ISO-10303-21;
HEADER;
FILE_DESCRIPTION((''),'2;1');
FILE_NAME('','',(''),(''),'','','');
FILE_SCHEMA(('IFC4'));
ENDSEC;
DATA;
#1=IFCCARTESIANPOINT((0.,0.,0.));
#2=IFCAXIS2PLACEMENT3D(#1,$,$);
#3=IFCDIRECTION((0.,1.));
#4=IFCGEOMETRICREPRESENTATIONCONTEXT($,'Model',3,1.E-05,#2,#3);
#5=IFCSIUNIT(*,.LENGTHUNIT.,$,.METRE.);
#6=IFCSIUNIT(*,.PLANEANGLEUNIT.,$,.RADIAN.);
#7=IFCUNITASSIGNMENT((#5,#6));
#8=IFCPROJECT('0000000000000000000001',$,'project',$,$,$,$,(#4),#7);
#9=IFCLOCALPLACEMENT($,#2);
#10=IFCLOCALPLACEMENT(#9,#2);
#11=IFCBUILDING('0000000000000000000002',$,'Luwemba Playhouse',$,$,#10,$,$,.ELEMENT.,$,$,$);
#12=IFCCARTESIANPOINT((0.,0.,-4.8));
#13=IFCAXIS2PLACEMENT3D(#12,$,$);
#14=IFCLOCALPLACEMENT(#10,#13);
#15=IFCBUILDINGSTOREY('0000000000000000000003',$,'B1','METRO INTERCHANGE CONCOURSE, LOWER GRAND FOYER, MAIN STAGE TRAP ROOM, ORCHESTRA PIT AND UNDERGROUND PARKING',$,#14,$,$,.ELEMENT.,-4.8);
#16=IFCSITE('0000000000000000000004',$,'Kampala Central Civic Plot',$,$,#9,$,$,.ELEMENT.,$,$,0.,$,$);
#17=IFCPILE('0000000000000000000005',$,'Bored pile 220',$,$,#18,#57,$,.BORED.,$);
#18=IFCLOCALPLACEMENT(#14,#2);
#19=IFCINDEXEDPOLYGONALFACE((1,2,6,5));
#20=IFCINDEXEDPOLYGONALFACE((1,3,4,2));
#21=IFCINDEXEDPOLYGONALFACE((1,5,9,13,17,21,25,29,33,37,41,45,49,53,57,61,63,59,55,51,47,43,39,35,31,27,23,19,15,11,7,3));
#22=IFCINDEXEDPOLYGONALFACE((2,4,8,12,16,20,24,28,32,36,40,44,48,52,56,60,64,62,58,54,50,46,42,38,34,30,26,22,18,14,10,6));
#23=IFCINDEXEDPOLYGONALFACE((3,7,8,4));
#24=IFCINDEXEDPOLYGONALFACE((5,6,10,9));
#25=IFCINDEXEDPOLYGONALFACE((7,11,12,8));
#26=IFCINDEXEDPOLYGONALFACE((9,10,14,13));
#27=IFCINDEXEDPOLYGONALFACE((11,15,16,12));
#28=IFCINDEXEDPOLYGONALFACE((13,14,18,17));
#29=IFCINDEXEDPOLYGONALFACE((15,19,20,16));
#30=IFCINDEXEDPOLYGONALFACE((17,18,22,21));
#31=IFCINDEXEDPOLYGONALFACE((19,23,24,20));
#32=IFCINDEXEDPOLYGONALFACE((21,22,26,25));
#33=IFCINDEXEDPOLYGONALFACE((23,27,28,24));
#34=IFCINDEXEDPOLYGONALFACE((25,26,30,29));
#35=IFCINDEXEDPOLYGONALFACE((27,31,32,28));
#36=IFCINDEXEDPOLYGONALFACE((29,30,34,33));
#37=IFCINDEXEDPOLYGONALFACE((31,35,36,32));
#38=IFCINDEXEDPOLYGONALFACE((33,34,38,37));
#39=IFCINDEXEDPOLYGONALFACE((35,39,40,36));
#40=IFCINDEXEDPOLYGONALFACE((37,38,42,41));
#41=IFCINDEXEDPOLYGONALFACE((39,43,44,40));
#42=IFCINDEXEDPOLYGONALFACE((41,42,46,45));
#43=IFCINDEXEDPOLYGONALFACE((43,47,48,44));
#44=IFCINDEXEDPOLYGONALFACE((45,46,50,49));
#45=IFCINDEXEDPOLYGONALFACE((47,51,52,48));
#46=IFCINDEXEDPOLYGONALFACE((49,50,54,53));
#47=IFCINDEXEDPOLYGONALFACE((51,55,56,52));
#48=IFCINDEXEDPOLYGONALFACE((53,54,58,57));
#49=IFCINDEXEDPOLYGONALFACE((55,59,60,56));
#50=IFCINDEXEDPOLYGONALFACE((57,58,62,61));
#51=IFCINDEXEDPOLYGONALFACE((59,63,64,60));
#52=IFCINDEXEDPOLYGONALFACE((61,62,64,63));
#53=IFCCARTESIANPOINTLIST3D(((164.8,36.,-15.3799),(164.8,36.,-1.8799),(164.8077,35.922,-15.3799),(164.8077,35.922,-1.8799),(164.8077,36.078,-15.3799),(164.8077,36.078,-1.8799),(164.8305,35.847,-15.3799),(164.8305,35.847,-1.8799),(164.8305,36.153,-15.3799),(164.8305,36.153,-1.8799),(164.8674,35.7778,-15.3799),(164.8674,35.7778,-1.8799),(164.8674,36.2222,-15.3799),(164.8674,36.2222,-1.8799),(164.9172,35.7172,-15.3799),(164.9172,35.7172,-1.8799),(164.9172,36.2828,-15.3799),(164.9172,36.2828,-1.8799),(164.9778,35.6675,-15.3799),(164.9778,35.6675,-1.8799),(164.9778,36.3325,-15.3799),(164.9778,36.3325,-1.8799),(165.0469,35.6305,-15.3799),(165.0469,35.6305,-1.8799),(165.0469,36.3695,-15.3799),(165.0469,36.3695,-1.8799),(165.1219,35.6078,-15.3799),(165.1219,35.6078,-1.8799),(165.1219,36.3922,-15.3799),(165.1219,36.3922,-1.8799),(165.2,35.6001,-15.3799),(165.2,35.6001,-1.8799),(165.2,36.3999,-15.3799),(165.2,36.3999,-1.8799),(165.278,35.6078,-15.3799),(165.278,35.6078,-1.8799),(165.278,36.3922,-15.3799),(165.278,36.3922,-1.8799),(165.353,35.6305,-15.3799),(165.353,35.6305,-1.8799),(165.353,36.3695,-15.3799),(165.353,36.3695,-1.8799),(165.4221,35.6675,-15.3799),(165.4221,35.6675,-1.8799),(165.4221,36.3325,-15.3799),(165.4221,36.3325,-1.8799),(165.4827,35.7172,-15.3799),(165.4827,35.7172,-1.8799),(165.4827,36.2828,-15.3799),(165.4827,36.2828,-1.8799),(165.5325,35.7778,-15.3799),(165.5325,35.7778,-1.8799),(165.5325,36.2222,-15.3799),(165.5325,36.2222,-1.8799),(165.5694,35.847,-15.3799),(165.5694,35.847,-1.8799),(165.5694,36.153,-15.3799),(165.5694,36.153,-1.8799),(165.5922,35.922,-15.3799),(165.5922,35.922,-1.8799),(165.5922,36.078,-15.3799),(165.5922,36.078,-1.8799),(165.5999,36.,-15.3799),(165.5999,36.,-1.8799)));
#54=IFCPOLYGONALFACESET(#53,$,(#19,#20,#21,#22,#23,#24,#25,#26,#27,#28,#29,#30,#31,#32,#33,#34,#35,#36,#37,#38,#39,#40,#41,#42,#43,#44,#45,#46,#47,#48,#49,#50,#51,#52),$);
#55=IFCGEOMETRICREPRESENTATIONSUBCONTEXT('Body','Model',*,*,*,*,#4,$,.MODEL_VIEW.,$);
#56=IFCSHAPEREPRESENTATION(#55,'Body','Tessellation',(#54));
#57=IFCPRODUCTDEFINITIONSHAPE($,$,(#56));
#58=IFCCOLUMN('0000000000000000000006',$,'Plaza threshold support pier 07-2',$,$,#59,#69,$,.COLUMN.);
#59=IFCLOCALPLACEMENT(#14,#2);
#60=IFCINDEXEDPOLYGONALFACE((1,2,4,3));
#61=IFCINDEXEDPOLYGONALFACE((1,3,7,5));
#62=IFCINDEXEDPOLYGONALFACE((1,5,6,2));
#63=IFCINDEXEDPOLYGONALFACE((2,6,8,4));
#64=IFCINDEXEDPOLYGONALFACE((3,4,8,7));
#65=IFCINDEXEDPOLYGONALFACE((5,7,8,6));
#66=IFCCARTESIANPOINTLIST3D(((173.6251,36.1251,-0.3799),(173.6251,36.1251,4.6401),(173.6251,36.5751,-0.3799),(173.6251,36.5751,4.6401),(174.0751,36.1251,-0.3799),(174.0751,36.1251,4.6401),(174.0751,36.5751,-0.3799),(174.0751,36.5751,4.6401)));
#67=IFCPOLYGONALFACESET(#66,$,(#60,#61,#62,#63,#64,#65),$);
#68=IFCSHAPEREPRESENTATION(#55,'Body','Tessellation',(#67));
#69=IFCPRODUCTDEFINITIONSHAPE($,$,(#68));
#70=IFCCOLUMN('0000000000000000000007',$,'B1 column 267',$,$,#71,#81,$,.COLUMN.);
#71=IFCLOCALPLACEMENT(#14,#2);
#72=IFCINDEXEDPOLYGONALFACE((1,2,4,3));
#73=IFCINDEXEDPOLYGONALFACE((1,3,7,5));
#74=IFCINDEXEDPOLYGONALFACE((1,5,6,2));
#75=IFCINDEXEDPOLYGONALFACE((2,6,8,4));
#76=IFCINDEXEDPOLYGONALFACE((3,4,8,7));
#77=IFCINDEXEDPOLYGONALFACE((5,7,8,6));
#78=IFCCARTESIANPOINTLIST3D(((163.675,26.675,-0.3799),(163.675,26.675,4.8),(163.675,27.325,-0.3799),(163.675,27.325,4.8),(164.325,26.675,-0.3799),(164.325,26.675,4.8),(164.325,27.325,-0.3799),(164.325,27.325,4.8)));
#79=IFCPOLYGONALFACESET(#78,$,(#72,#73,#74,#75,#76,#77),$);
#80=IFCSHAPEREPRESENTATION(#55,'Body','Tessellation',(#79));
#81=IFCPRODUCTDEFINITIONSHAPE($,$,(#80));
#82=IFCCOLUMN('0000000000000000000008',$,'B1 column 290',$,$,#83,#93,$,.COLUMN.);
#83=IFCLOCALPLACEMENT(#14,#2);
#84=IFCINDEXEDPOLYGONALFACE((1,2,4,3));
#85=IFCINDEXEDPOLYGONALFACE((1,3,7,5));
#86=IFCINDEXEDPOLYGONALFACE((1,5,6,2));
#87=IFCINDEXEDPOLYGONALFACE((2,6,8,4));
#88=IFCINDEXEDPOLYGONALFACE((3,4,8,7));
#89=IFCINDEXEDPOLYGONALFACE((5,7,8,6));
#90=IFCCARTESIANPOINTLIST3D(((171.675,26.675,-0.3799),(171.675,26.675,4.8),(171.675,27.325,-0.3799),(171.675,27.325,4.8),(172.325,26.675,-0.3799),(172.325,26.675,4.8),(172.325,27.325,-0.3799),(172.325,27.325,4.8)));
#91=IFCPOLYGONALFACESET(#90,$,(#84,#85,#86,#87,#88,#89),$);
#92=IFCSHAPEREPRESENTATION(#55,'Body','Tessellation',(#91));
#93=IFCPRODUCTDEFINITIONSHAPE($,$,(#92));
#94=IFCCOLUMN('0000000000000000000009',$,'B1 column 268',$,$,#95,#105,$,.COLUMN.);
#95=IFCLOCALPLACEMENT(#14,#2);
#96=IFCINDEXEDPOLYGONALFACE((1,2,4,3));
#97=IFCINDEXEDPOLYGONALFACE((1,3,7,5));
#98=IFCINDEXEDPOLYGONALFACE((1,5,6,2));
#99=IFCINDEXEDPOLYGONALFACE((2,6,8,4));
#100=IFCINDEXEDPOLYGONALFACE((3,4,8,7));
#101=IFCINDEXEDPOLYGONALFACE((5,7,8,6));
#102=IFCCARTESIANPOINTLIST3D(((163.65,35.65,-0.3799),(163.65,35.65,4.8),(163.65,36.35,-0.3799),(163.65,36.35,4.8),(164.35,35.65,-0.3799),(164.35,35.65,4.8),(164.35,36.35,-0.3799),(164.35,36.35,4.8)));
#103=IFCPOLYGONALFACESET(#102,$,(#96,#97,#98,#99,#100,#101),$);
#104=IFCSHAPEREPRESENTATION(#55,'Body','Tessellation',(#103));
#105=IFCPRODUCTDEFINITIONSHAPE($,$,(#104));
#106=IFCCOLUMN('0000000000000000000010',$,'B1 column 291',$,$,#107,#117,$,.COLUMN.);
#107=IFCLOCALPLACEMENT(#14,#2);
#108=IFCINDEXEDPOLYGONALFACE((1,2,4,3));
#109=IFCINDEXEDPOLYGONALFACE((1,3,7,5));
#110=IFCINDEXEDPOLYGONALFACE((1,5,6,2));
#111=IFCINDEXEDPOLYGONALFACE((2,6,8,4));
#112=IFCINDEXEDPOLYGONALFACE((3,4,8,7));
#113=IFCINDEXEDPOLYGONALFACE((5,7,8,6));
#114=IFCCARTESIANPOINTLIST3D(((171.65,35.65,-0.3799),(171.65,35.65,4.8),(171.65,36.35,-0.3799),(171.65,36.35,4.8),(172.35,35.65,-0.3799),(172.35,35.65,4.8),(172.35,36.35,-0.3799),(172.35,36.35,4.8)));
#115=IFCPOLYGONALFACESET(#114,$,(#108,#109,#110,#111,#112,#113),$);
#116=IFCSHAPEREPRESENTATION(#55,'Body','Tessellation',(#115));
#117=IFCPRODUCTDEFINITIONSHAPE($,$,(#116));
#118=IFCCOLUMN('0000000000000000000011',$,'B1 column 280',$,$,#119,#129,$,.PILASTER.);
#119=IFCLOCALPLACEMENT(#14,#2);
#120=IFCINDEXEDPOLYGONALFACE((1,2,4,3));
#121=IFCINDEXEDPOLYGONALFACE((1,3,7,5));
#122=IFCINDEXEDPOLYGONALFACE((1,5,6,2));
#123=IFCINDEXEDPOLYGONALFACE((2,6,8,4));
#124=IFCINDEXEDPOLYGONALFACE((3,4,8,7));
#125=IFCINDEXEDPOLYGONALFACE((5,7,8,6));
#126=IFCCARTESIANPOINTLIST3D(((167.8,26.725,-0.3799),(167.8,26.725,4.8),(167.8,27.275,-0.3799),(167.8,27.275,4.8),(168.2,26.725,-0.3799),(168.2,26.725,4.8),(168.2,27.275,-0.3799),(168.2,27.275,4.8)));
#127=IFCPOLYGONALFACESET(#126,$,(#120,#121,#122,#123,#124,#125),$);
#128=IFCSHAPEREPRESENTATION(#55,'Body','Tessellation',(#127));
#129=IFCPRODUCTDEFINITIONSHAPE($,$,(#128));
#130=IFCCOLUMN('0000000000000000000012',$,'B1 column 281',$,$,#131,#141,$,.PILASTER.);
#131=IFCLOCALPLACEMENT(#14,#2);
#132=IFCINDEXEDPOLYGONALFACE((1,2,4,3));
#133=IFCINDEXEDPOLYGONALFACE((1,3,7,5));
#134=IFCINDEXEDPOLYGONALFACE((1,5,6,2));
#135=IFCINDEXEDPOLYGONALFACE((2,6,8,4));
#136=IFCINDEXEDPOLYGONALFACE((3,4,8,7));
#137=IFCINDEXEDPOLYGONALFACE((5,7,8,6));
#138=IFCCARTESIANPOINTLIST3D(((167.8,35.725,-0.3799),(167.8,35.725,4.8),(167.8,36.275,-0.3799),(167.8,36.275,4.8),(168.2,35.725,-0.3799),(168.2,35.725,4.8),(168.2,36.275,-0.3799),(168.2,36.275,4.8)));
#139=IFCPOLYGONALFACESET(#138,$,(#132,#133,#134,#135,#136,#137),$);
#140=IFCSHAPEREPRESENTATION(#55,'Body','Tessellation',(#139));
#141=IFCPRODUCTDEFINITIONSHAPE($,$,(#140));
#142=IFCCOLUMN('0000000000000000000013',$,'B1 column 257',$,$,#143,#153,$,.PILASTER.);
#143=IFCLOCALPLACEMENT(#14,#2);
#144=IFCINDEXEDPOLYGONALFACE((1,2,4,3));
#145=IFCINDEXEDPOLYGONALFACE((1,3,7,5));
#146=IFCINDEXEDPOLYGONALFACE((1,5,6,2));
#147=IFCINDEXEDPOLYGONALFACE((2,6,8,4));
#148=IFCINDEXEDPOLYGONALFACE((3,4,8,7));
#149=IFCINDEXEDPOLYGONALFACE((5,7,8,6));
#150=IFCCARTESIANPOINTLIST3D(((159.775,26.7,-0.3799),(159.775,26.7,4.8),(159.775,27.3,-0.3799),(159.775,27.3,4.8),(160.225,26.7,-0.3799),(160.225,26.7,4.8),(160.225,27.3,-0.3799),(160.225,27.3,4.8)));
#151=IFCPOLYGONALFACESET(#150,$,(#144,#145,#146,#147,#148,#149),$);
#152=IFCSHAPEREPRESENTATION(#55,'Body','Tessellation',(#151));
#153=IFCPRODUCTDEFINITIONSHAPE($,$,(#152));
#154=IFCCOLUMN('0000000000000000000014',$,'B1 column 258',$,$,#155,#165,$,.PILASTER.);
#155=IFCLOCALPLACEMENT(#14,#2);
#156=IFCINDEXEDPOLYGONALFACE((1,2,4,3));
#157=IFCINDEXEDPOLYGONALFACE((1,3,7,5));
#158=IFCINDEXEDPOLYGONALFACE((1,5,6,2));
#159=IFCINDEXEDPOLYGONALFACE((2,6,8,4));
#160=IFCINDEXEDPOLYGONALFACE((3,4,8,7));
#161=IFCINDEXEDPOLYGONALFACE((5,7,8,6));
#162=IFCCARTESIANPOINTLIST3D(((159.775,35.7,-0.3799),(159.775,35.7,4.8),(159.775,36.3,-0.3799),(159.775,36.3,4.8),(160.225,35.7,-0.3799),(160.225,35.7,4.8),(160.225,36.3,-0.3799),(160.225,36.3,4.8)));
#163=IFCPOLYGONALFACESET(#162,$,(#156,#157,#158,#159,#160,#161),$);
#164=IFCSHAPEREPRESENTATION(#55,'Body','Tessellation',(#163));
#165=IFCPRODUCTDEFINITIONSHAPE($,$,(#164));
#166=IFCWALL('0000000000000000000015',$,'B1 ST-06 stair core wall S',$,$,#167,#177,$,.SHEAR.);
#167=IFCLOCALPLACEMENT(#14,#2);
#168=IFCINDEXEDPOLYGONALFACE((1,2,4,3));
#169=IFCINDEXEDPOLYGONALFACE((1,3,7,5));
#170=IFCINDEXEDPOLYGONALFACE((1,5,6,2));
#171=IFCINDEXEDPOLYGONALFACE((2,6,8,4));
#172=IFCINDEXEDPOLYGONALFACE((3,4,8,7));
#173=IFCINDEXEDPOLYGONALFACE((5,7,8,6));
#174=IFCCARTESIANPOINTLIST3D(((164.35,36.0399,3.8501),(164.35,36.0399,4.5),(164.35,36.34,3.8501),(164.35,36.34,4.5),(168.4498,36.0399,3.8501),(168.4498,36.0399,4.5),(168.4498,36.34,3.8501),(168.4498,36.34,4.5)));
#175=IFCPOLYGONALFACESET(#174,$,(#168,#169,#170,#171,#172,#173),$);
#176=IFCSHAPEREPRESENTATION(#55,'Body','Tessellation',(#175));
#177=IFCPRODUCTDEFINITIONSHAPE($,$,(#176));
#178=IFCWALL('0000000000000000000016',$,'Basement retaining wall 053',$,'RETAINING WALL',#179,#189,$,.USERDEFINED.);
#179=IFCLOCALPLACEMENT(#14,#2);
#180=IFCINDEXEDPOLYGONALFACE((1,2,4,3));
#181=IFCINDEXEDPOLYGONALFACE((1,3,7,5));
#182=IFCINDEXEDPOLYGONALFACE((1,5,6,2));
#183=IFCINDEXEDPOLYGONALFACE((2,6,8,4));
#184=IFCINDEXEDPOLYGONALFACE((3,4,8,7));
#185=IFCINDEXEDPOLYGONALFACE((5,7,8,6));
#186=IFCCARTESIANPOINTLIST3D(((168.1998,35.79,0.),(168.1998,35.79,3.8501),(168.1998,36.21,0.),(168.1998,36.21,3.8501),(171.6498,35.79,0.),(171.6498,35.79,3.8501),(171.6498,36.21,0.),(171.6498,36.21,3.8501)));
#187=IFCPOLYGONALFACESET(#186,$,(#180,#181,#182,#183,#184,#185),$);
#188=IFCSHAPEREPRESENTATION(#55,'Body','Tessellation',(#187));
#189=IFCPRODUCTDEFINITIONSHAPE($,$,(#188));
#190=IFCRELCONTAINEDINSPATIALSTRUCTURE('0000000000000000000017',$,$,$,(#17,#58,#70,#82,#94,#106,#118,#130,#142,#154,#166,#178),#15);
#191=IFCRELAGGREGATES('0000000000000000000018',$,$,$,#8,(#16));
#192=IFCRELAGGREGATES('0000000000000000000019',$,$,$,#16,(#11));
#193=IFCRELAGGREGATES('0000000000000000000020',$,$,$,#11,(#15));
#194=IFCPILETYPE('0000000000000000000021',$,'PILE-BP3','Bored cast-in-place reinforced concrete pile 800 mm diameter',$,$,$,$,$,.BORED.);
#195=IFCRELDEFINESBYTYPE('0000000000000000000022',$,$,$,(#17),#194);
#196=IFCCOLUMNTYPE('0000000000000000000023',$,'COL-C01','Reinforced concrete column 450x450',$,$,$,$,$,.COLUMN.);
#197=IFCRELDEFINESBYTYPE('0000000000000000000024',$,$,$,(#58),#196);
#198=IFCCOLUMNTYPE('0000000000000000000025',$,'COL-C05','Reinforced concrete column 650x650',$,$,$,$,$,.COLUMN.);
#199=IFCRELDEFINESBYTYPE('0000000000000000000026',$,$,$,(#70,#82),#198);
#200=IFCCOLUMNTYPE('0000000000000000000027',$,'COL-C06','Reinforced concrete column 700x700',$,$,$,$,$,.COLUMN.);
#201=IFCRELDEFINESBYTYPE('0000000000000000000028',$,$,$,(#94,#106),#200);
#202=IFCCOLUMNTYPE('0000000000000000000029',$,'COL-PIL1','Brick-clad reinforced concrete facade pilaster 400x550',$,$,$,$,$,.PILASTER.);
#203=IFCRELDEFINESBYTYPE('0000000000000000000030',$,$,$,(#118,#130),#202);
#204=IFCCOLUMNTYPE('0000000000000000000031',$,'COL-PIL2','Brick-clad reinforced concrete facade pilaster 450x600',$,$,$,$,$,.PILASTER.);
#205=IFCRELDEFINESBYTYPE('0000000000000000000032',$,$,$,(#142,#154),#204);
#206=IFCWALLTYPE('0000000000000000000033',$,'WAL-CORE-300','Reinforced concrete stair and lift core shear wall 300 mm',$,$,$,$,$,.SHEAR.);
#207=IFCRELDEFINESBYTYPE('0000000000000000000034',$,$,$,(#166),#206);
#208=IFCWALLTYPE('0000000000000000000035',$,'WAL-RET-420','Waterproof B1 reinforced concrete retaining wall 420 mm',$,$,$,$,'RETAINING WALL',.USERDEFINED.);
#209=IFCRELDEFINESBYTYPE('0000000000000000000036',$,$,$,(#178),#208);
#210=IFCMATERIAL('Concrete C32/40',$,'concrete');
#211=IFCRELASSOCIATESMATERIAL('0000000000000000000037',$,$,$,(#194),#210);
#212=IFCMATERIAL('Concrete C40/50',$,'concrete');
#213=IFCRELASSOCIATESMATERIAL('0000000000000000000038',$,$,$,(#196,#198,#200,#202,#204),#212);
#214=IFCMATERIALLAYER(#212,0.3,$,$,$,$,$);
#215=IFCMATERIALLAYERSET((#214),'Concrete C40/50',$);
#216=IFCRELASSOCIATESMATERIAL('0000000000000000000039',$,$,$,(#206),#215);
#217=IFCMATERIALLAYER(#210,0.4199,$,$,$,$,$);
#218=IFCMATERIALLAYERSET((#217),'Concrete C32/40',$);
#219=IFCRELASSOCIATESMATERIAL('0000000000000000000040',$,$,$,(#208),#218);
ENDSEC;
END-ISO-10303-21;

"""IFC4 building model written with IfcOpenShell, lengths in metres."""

from ifc_helpers import new_model, si_unit, direction, frame, frame_2d, origin, origin_2d, place, context, subcontext, project, spatial, rectangle, circle, extrude, material, layer, layer_set, material_profile, profile_set, type_object, element, save


model = new_model("IFC4")

# Units and contexts
model_context = context("Model", 3, precision=1e-05, world=origin(), true_north=direction((0.0, 1.0)))
body_context = subcontext(model_context, "Body", "Model", "MODEL_VIEW")
ifc_project = project(units=[si_unit("LENGTHUNIT", "METRE"), si_unit("PLANEANGLEUNIT", "RADIAN")], contexts=[model_context])

# Site, building, storey
site_placement = place(None, origin())
site = spatial("IfcSite", under=ifc_project, at=site_placement, Name="Kampala Central Civic Plot", CompositionType="ELEMENT", RefElevation=0.0)
building_placement = place(site_placement, origin())
building = spatial("IfcBuilding", under=site, at=building_placement, Name="Luwemba Playhouse", CompositionType="ELEMENT")
storey_placement = place(building_placement, frame((0.0, 0.0, -4.8)))
storey = spatial("IfcBuildingStorey", under=building, at=storey_placement, Name="B1", Description="METRO INTERCHANGE CONCOURSE, LOWER GRAND FOYER, MAIN STAGE TRAP ROOM, ORCHESTRA PIT AND UNDERGROUND PARKING", CompositionType="ELEMENT", Elevation=-4.8)

# Shared definitions
ifc_material_1 = material(Name="Concrete C32/40", Category="concrete")

# Pile
ifc_material_profile_1 = material_profile(ifc_material_1, circle(Radius=0.3999, at=origin_2d()))
ifc_profile_set_1 = profile_set([ifc_material_profile_1], Name="Concrete C32/40")
pile_type_1 = type_object("IfcPileType", Name="PILE-BP3", Description="Bored cast-in-place reinforced concrete pile 800 mm diameter", PredefinedType="BORED", material=ifc_profile_set_1)
for number, where, z_axis, x_axis, name in (
    (1, (165.2, 36.0, -1.8799), (0.0, 0.0, -1.0), (1.0, 0.0, 0.0), "Bored pile 220"),
):
    element("IfcPile", number, at=place(storey_placement, frame(where, z_axis=z_axis, x_axis=x_axis)), inside=storey, type_object=pile_type_1, Name=name, PredefinedType="BORED", context=body_context, shape_type="SweptSolid", body=[
        extrude(circle(Radius=0.3999, at=origin_2d()), origin(), (0.0, 0.0, 1.0), 13.5),
    ])

# Columns
ifc_material_2 = material(Name="Concrete C40/50", Category="concrete")
ifc_material_profile_2 = material_profile(ifc_material_2, rectangle(XDim=0.45, YDim=0.45, at=origin_2d()))
ifc_profile_set_2 = profile_set([ifc_material_profile_2], Name="Concrete C40/50")
column_type_1 = type_object("IfcColumnType", Name="COL-C01", Description="Reinforced concrete column 450x450", PredefinedType="COLUMN", material=ifc_profile_set_2)
column_placement = place(storey_placement, frame((173.8501, 36.3501, -0.3799), z_axis=(0.0, 0.0, 1.0), x_axis=(1.0, 0.0, 0.0)))
element("IfcColumn", 2, at=column_placement, inside=storey, type_object=column_type_1, Name="Plaza threshold support pier 07-2", PredefinedType="COLUMN", context=body_context, shape_type="SweptSolid", body=[
    extrude(rectangle(XDim=0.45, YDim=0.45, at=origin_2d()), origin(), (0.0, 0.0, 1.0), 5.02),
])
ifc_material_profile_3 = material_profile(ifc_material_2, rectangle(XDim=0.6499, YDim=0.6499, at=origin_2d()))
ifc_profile_set_3 = profile_set([ifc_material_profile_3], Name="Concrete C40/50")
column_type_2 = type_object("IfcColumnType", Name="COL-C05", Description="Reinforced concrete column 650x650", PredefinedType="COLUMN", material=ifc_profile_set_3)
for number, where, z_axis, x_axis, name in (
    (3, (164.0, 27.0, -0.3799), (0.0, 0.0, 1.0), (1.0, 0.0, 0.0), "B1 column 267"),
    (4, (172.0, 27.0, -0.3799), (0.0, 0.0, 1.0), (1.0, 0.0, 0.0), "B1 column 290"),
):
    element("IfcColumn", number, at=place(storey_placement, frame(where, z_axis=z_axis, x_axis=x_axis)), inside=storey, type_object=column_type_2, Name=name, PredefinedType="COLUMN", context=body_context, shape_type="SweptSolid", body=[
        extrude(rectangle(XDim=0.6499, YDim=0.6499, at=origin_2d()), origin(), (0.0, 0.0, 1.0), 5.1799),
    ])
ifc_material_profile_4 = material_profile(ifc_material_2, rectangle(XDim=0.7, YDim=0.7, at=origin_2d()))
ifc_profile_set_4 = profile_set([ifc_material_profile_4], Name="Concrete C40/50")
column_type_3 = type_object("IfcColumnType", Name="COL-C06", Description="Reinforced concrete column 700x700", PredefinedType="COLUMN", material=ifc_profile_set_4)
for number, where, z_axis, x_axis, name in (
    (5, (164.0, 36.0, -0.3799), (0.0, 0.0, 1.0), (1.0, 0.0, 0.0), "B1 column 268"),
    (6, (172.0, 36.0, -0.3799), (0.0, 0.0, 1.0), (1.0, 0.0, 0.0), "B1 column 291"),
):
    element("IfcColumn", number, at=place(storey_placement, frame(where, z_axis=z_axis, x_axis=x_axis)), inside=storey, type_object=column_type_3, Name=name, PredefinedType="COLUMN", context=body_context, shape_type="SweptSolid", body=[
        extrude(rectangle(XDim=0.7, YDim=0.7, at=origin_2d()), origin(), (0.0, 0.0, 1.0), 5.1799),
    ])
ifc_material_profile_5 = material_profile(ifc_material_2, rectangle(XDim=0.3999, YDim=0.55, at=origin_2d()))
ifc_profile_set_5 = profile_set([ifc_material_profile_5], Name="Concrete C40/50")
column_type_4 = type_object("IfcColumnType", Name="COL-PIL1", Description="Brick-clad reinforced concrete facade pilaster 400x550", PredefinedType="PILASTER", material=ifc_profile_set_5)
for number, where, z_axis, x_axis, name in (
    (7, (168.0, 27.0, -0.3799), (0.0, 0.0, 1.0), (1.0, 0.0, 0.0), "B1 column 280"),
    (8, (168.0, 36.0, -0.3799), (0.0, 0.0, 1.0), (1.0, 0.0, 0.0), "B1 column 281"),
):
    element("IfcColumn", number, at=place(storey_placement, frame(where, z_axis=z_axis, x_axis=x_axis)), inside=storey, type_object=column_type_4, Name=name, PredefinedType="PILASTER", context=body_context, shape_type="SweptSolid", body=[
        extrude(rectangle(XDim=0.3999, YDim=0.55, at=origin_2d()), origin(), (0.0, 0.0, 1.0), 5.1799),
    ])
ifc_material_profile_6 = material_profile(ifc_material_2, rectangle(XDim=0.45, YDim=0.6001, at=origin_2d()))
ifc_profile_set_6 = profile_set([ifc_material_profile_6], Name="Concrete C40/50")
column_type_5 = type_object("IfcColumnType", Name="COL-PIL2", Description="Brick-clad reinforced concrete facade pilaster 450x600", PredefinedType="PILASTER", material=ifc_profile_set_6)
for number, where, z_axis, x_axis, name in (
    (9, (160.0, 27.0, -0.3799), (0.0, 0.0, 1.0), (1.0, 0.0, 0.0), "B1 column 257"),
    (10, (160.0, 36.0, -0.3799), (0.0, 0.0, 1.0), (1.0, 0.0, 0.0), "B1 column 258"),
):
    element("IfcColumn", number, at=place(storey_placement, frame(where, z_axis=z_axis, x_axis=x_axis)), inside=storey, type_object=column_type_5, Name=name, PredefinedType="PILASTER", context=body_context, shape_type="SweptSolid", body=[
        extrude(rectangle(XDim=0.45, YDim=0.6001, at=origin_2d()), origin(), (0.0, 0.0, 1.0), 5.1799),
    ])

# Walls
ifc_layer_1 = layer(ifc_material_2, 0.3)
ifc_layer_set_1 = layer_set([ifc_layer_1], Name="Concrete C40/50")
wall_type_1 = type_object("IfcWallType", Name="WAL-CORE-300", Description="Reinforced concrete stair and lift core shear wall 300 mm", PredefinedType="SHEAR", material=ifc_layer_set_1)
wall_placement = place(storey_placement, frame((164.3501, 36.1899, 3.8501), z_axis=(0.0, 0.0, 1.0), x_axis=(1.0, 0.0, 0.0)))
element("IfcWall", 11, at=wall_placement, inside=storey, type_object=wall_type_1, Name="B1 ST-06 stair core wall S", PredefinedType="SHEAR", context=body_context, shape_type="SweptSolid", body=[
    extrude(rectangle(XDim=4.0999, YDim=0.3, at=frame_2d((2.0498, 0.0))), origin(), (0.0, 0.0, 1.0), 0.6499),
])
ifc_layer_2 = layer(ifc_material_1, 0.4199)
ifc_layer_set_2 = layer_set([ifc_layer_2], Name="Concrete C32/40")
wall_type_2 = type_object("IfcWallType", Name="WAL-RET-420", Description="Waterproof B1 reinforced concrete retaining wall 420 mm", ElementType="RETAINING WALL", PredefinedType="USERDEFINED", material=ifc_layer_set_2)
for number, where, z_axis, x_axis, name in (
    (12, (171.6499, 36.0, 0.0), (0.0, 0.0, 1.0), (-1.0, 0.0, 0.0), "Basement retaining wall 053"),
):
    element("IfcWall", number, at=place(storey_placement, frame(where, z_axis=z_axis, x_axis=x_axis)), inside=storey, type_object=wall_type_2, Name=name, ObjectType="RETAINING WALL", PredefinedType="USERDEFINED", context=body_context, shape_type="SweptSolid", body=[
        extrude(rectangle(XDim=3.45, YDim=0.4199, at=frame_2d((1.7251, 0.0))), origin(), (0.0, 0.0, 1.0), 3.8501),
    ])

save(model, "model.ifc")
